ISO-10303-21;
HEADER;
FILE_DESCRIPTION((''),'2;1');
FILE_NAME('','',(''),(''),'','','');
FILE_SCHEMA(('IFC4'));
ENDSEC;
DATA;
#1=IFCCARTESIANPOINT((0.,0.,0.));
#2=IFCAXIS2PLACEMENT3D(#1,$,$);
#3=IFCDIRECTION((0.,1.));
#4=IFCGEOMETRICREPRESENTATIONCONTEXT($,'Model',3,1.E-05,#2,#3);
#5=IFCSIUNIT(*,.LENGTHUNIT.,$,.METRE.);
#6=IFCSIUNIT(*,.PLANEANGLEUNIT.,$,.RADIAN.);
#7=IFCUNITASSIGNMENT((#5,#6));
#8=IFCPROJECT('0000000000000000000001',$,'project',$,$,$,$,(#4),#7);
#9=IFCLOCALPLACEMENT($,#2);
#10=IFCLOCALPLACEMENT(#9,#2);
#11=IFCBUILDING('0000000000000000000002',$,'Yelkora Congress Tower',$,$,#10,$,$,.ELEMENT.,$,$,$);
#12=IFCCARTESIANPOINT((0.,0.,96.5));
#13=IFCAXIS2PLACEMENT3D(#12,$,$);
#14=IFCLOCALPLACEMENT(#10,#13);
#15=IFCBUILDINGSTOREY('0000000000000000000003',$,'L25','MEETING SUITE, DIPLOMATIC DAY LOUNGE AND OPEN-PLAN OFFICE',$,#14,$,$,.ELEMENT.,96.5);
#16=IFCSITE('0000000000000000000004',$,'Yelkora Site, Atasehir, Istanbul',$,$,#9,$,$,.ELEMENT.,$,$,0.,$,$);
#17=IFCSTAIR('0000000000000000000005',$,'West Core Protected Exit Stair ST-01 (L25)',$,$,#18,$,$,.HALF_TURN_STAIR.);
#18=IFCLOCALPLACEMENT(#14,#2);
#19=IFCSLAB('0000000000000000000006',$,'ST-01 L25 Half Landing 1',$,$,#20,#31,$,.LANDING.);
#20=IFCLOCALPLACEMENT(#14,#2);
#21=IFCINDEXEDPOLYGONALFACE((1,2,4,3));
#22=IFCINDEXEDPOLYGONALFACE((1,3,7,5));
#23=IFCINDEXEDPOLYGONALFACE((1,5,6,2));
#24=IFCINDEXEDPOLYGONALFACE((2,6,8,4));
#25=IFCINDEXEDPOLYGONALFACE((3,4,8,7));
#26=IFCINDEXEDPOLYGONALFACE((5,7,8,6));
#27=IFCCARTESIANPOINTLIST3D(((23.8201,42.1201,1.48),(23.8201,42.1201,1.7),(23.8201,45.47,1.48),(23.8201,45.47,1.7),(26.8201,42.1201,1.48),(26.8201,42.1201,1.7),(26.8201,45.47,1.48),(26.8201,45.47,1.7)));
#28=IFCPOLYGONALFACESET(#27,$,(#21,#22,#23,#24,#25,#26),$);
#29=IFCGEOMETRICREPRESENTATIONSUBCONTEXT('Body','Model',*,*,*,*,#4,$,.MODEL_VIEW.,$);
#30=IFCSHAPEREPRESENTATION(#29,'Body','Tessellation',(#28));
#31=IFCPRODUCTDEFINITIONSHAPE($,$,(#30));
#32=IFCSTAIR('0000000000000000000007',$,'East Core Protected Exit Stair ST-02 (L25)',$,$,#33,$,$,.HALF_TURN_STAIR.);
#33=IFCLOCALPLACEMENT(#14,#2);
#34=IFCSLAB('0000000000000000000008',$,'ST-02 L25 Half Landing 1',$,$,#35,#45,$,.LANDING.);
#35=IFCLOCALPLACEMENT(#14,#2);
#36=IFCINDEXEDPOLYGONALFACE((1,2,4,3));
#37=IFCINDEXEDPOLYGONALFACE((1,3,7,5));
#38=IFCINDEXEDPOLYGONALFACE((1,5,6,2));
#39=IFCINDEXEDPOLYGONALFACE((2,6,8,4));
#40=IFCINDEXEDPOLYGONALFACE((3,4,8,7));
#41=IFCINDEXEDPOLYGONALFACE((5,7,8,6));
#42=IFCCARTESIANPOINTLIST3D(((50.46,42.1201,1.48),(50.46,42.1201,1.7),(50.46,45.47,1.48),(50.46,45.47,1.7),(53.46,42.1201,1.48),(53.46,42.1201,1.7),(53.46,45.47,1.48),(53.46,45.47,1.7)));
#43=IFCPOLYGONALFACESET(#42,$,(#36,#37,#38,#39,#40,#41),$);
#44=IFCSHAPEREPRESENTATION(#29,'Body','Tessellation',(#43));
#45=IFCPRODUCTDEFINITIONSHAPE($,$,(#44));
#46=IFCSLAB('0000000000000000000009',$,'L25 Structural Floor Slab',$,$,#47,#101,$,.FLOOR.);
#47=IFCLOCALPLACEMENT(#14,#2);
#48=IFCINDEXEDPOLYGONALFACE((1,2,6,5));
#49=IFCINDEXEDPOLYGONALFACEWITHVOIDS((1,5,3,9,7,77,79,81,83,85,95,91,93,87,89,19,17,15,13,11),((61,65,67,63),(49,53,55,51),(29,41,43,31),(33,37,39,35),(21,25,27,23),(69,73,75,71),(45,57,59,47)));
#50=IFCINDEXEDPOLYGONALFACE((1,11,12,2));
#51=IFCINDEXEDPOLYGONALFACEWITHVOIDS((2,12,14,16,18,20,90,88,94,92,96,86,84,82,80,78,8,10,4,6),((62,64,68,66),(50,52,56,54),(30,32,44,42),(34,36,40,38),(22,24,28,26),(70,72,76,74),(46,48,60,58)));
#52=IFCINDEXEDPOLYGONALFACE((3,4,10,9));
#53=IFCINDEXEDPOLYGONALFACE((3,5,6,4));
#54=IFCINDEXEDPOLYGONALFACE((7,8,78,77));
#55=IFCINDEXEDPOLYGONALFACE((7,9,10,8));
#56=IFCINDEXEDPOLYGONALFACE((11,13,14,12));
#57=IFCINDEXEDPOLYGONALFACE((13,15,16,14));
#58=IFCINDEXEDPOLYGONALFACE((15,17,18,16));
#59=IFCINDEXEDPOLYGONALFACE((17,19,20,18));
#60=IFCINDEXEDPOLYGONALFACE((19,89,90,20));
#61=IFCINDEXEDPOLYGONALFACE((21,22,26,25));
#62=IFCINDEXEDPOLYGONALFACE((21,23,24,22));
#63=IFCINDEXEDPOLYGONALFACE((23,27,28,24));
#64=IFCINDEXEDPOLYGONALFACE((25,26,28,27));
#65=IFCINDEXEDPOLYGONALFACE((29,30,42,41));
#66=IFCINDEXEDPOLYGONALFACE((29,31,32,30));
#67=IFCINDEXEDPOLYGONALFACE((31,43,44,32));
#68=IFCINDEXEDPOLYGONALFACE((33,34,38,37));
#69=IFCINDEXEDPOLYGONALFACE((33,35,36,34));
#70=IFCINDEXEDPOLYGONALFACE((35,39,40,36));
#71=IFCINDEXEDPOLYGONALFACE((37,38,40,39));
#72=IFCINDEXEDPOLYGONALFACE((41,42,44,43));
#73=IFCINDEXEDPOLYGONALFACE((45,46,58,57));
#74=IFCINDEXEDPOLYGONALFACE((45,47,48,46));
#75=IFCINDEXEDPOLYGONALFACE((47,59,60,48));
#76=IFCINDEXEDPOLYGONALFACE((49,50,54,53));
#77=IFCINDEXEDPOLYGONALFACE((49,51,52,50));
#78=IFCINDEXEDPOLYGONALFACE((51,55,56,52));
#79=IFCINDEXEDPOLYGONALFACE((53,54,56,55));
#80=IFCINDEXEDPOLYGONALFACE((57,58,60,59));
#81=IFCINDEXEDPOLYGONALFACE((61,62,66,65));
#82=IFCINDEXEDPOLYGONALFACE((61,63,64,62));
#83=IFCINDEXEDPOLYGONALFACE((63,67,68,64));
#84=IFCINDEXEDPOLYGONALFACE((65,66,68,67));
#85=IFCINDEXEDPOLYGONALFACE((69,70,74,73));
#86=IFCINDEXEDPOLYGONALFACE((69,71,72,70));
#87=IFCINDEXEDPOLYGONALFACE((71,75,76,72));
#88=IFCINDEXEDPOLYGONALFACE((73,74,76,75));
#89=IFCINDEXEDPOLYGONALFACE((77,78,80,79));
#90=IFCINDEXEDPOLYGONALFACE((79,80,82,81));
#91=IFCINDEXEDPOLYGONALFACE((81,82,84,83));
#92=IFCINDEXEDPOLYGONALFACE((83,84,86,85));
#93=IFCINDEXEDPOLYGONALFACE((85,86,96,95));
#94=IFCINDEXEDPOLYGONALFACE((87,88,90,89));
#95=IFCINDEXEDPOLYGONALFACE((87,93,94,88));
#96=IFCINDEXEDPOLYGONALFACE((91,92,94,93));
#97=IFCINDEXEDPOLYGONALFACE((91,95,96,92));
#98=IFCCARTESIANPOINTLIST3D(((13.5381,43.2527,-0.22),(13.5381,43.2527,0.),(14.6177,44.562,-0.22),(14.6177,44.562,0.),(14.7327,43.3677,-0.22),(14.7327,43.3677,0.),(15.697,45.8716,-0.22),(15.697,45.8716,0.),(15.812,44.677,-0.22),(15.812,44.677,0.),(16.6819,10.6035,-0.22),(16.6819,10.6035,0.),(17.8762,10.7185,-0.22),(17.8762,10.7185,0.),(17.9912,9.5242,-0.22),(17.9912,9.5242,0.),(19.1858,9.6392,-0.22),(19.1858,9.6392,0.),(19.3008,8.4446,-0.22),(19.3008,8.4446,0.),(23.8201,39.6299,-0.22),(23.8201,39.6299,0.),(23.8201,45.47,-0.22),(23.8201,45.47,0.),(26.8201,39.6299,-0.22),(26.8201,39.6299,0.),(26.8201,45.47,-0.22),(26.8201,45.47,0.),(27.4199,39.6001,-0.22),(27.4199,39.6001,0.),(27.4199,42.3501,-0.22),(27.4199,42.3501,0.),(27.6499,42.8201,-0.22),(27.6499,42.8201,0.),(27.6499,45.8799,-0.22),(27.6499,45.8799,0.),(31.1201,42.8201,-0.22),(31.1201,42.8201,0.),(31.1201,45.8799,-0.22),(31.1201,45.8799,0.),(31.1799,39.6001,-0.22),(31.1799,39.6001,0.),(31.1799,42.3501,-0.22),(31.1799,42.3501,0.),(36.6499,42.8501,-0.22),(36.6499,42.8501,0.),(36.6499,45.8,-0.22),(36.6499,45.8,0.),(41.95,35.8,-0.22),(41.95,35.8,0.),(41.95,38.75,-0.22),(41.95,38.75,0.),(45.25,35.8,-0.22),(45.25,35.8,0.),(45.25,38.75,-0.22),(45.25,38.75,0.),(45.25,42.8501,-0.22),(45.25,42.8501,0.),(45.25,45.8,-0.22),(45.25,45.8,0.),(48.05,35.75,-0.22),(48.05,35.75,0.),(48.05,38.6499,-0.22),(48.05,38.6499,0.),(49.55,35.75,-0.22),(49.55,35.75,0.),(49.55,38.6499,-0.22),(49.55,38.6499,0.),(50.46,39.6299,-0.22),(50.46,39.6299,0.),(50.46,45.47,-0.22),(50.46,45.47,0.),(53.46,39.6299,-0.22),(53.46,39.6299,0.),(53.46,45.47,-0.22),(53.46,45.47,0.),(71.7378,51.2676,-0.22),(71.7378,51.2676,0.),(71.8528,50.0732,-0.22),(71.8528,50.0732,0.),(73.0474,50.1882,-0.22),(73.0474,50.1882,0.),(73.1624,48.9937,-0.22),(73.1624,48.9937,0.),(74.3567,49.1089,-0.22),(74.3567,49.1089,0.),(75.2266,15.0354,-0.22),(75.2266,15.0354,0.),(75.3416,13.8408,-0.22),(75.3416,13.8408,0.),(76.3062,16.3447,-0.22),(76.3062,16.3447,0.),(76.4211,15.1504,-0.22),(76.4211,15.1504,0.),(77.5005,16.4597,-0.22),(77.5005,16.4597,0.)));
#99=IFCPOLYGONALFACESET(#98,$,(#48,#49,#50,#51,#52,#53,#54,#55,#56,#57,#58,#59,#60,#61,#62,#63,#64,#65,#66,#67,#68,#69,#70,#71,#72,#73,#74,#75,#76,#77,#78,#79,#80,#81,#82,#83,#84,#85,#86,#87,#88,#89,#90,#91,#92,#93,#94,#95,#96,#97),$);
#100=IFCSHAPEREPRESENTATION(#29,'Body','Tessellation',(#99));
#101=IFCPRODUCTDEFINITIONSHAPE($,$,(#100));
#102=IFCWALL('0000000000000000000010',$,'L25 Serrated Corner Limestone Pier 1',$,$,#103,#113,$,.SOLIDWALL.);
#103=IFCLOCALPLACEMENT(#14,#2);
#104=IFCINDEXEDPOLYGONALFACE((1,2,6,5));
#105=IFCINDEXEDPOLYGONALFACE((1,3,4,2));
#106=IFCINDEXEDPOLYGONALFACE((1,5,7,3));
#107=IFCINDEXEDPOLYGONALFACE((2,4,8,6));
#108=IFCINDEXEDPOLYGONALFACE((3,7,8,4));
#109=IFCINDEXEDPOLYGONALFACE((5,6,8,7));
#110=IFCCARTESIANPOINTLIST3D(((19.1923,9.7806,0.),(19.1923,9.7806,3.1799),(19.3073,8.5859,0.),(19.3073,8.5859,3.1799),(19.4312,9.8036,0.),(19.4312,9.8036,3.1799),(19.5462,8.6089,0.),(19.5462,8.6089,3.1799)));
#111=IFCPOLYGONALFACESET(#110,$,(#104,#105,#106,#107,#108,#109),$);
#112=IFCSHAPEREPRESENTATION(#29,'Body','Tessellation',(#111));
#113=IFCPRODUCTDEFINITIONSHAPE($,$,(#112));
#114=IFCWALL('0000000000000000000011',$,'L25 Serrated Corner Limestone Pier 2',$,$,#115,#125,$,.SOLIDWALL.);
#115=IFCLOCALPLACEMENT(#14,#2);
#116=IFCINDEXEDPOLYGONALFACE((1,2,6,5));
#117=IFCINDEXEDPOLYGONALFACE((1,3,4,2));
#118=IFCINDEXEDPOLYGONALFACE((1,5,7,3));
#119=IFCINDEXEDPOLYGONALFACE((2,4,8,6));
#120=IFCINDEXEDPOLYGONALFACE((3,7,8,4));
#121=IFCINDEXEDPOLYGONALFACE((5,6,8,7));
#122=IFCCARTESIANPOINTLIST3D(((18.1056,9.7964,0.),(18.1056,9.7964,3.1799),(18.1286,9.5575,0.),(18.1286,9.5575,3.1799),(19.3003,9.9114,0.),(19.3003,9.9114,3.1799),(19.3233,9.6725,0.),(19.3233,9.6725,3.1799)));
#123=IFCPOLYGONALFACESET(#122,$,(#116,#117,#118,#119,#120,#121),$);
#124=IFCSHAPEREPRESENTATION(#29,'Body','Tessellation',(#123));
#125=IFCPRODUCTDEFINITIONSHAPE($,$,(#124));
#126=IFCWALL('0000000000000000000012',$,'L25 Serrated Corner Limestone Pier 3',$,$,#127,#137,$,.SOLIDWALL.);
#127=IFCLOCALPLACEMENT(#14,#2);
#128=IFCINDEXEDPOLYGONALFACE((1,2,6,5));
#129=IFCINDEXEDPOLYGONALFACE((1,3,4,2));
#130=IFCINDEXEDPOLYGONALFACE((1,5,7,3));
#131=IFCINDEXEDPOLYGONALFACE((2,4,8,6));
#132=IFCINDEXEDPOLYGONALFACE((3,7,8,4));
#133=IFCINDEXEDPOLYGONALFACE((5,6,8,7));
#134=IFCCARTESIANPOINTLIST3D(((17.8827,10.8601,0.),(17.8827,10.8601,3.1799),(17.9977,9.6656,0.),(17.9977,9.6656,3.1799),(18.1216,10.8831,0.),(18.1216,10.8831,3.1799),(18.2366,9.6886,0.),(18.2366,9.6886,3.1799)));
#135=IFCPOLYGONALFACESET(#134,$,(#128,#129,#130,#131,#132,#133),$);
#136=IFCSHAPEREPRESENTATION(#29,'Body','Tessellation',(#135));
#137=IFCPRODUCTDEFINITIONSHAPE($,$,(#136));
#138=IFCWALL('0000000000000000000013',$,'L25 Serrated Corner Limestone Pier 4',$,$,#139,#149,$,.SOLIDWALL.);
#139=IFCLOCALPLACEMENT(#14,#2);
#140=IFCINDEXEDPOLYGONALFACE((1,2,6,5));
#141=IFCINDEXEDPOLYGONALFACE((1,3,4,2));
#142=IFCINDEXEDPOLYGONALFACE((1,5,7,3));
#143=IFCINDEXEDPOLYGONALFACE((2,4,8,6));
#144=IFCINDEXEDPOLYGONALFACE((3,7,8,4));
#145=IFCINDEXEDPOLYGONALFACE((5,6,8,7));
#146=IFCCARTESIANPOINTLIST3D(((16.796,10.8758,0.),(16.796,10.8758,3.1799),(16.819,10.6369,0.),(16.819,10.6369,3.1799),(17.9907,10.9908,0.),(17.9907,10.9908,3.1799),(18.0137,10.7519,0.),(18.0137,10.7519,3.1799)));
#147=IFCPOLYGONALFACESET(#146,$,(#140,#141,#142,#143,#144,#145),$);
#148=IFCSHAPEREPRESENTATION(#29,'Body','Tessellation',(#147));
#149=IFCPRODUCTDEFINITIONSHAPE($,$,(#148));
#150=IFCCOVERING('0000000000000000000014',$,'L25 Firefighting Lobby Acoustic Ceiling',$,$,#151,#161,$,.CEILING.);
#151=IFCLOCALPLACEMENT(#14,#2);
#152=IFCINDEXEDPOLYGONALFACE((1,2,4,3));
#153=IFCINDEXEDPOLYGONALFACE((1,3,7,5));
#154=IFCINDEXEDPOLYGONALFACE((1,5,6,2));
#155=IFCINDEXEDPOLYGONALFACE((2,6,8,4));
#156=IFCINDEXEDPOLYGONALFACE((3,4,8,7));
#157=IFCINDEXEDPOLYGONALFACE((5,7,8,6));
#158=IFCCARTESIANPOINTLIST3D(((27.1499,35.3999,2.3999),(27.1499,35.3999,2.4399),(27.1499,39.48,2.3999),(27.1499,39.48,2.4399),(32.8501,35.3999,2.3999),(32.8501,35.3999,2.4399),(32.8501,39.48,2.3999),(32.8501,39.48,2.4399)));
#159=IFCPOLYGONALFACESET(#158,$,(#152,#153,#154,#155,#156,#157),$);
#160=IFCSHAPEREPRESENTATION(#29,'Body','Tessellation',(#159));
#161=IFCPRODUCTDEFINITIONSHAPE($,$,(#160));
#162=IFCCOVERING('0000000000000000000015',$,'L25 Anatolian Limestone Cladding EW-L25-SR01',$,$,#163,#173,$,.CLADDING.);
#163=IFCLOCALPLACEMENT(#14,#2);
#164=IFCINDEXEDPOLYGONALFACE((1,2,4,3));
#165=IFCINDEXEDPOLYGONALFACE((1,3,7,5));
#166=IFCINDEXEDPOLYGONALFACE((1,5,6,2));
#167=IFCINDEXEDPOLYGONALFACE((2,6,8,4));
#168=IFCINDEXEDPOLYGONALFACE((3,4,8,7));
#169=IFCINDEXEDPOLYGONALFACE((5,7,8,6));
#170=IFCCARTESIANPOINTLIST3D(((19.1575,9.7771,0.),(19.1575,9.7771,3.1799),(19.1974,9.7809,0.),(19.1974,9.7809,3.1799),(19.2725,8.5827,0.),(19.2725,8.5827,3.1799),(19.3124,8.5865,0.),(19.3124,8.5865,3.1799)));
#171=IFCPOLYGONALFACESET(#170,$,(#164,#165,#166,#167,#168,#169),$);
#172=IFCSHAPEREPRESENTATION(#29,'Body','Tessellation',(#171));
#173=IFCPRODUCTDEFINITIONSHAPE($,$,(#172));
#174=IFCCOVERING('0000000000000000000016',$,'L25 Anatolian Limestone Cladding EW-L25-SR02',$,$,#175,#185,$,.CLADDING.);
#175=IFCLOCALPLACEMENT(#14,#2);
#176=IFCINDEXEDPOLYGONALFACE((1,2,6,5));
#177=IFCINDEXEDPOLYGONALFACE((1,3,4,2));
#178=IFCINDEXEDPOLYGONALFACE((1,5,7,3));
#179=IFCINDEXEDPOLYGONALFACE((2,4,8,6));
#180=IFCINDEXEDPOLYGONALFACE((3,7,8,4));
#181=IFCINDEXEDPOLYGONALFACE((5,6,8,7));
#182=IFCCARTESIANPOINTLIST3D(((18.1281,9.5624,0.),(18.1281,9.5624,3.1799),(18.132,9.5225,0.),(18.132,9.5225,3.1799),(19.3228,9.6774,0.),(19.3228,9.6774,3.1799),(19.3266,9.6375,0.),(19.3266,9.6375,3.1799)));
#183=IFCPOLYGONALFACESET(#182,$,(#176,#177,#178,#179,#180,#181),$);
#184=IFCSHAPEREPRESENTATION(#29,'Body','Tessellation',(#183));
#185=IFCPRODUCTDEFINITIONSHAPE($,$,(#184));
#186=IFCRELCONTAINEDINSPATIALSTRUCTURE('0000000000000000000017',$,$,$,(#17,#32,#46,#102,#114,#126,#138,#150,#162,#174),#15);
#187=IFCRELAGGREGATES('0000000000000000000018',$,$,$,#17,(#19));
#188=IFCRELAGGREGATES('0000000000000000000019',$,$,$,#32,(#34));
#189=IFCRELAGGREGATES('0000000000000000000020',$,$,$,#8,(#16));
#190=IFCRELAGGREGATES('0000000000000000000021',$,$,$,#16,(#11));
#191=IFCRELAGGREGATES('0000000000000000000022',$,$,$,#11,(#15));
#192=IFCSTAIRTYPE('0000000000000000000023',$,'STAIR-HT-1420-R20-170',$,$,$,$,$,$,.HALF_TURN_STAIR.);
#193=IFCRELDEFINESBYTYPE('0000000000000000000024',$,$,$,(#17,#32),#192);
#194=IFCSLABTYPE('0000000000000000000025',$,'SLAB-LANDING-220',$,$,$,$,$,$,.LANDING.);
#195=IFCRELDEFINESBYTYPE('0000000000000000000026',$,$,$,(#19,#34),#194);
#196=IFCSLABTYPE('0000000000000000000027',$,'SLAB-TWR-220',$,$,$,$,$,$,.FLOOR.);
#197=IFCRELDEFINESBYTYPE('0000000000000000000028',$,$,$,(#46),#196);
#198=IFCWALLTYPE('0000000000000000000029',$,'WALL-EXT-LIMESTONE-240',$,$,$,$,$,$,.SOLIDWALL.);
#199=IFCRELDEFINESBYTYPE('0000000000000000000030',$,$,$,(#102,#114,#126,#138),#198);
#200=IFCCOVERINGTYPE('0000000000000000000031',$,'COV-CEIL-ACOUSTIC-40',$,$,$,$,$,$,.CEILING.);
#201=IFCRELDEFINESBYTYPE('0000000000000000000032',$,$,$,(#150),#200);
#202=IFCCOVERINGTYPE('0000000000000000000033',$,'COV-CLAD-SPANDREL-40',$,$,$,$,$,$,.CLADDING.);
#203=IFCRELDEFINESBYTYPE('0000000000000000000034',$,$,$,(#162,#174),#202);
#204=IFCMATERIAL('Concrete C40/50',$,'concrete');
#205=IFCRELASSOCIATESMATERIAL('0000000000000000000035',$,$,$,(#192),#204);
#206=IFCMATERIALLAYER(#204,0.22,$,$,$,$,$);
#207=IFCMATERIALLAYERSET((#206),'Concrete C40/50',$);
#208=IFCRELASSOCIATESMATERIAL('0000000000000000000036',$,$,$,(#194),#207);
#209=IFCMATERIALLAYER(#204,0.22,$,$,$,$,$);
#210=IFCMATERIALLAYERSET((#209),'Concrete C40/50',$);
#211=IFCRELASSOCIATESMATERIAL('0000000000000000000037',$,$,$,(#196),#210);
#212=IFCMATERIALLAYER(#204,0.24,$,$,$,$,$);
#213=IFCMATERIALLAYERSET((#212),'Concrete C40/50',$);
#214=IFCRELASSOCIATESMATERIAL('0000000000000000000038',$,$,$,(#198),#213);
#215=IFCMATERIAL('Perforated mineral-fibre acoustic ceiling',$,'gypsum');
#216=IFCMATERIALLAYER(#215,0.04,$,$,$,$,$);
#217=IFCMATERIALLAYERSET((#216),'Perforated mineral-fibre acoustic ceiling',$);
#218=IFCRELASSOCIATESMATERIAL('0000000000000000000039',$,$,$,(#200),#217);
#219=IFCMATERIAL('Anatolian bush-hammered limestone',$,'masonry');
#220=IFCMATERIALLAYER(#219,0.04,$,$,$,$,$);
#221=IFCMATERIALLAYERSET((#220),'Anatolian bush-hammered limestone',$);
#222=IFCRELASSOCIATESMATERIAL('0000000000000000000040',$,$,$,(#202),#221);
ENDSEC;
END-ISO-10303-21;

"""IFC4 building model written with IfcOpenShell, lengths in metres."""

from ifc_helpers import new_model, si_unit, direction, frame, frame_2d, origin, place, context, subcontext, project, spatial, polyline, rectangle, outline, extrude, material, layer, layer_set, type_object, element, aggregate, save


model = new_model("IFC4")

# Units and contexts
model_context = context("Model", 3, precision=1e-05, world=origin(), true_north=direction((0.0, 1.0)))
body_context = subcontext(model_context, "Body", "Model", "MODEL_VIEW")
ifc_project = project(units=[si_unit("LENGTHUNIT", "METRE"), si_unit("PLANEANGLEUNIT", "RADIAN")], contexts=[model_context])

# Site, building, storey
site_placement = place(None, origin())
site = spatial("IfcSite", under=ifc_project, at=site_placement, Name="Yelkora Site, Atasehir, Istanbul", CompositionType="ELEMENT", RefElevation=0.0)
building_placement = place(site_placement, origin())
building = spatial("IfcBuilding", under=site, at=building_placement, Name="Yelkora Congress Tower", CompositionType="ELEMENT")
storey_placement = place(building_placement, frame((0.0, 0.0, 96.5)))
storey = spatial("IfcBuildingStorey", under=building, at=storey_placement, Name="L25", Description="MEETING SUITE, DIPLOMATIC DAY LOUNGE AND OPEN-PLAN OFFICE", CompositionType="ELEMENT", Elevation=96.5)

# Stairs, slabs
ifc_material_1 = material(Name="Concrete C40/50", Category="concrete")
stair_type = type_object("IfcStairType", Name="STAIR-HT-1420-R20-170", PredefinedType="HALF_TURN_STAIR", material=ifc_material_1)
stair_1_placement = place(storey_placement, origin())
stair_1 = element("IfcStair", 1, at=stair_1_placement, inside=storey, type_object=stair_type, Name="West Core Protected Exit Stair ST-01 (L25)", PredefinedType="HALF_TURN_STAIR")
ifc_layer_1 = layer(ifc_material_1, 0.22)
ifc_layer_set_1 = layer_set([ifc_layer_1], Name="Concrete C40/50")
slab_type_1 = type_object("IfcSlabType", Name="SLAB-LANDING-220", PredefinedType="LANDING", material=ifc_layer_set_1)
slab_1_placement = place(storey_placement, frame((0.0, 0.0, 1.48)))
slab_1 = element("IfcSlab", 2, at=slab_1_placement, type_object=slab_type_1, Name="ST-01 L25 Half Landing 1", PredefinedType="LANDING", context=body_context, shape_type="SweptSolid", body=[
    extrude(outline(polyline([(26.8201, 42.1201), (26.8201, 45.47), (23.8201, 45.47), (23.8201, 42.1201), (26.8201, 42.1201)])), origin(), (0.0, 0.0, 1.0), 0.22),
])
aggregate(stair_1, [slab_1])
stair_2_placement = place(storey_placement, origin())
stair_2 = element("IfcStair", 3, at=stair_2_placement, inside=storey, type_object=stair_type, Name="East Core Protected Exit Stair ST-02 (L25)", PredefinedType="HALF_TURN_STAIR")
slab_2_placement = place(storey_placement, frame((0.0, 0.0, 1.48)))
slab_2 = element("IfcSlab", 4, at=slab_2_placement, type_object=slab_type_1, Name="ST-02 L25 Half Landing 1", PredefinedType="LANDING", context=body_context, shape_type="SweptSolid", body=[
    extrude(outline(polyline([(53.46, 42.1201), (53.46, 45.47), (50.46, 45.47), (50.46, 42.1201), (53.46, 42.1201)])), origin(), (0.0, 0.0, 1.0), 0.22),
])
aggregate(stair_2, [slab_2])

# Slab
ifc_layer_2 = layer(ifc_material_1, 0.22)
ifc_layer_set_2 = layer_set([ifc_layer_2], Name="Concrete C40/50")
slab_type_2 = type_object("IfcSlabType", Name="SLAB-TWR-220", PredefinedType="FLOOR", material=ifc_layer_set_2)
slab_3_placement = place(storey_placement, frame((0.0, 0.0, -0.22)))
element("IfcSlab", 5, at=slab_3_placement, inside=storey, type_object=slab_type_2, Name="L25 Structural Floor Slab", PredefinedType="FLOOR", context=body_context, shape_type="SweptSolid", body=[
    extrude(outline(polyline([(19.3008, 8.4446), (75.3416, 13.8408), (75.2266, 15.0354), (76.4211, 15.1504), (76.3062, 16.3447), (77.5005, 16.4597), (74.3567, 49.1089), (73.1624, 48.9937), (73.0474, 50.1882), (71.8528, 50.0732), (71.7378, 51.2676), (15.697, 45.8716), (15.812, 44.677), (14.6177, 44.562), (14.7327, 43.3677), (13.5381, 43.2527), (16.6819, 10.6035), (17.8762, 10.7185), (17.9912, 9.5242), (19.1858, 9.6392), (19.3008, 8.4446)]), holes=[polyline([(23.8201, 39.6299), (26.8201, 39.6299), (26.8201, 45.47), (23.8201, 45.47), (23.8201, 39.6299)]), polyline([(50.46, 39.6299), (53.46, 39.6299), (53.46, 45.47), (50.46, 45.47), (50.46, 39.6299)]), polyline([(48.05, 35.75), (49.55, 35.75), (49.55, 38.6499), (48.05, 38.6499), (48.05, 35.75)]), polyline([(36.6499, 42.8501), (45.25, 42.8501), (45.25, 45.8), (36.6499, 45.8), (36.6499, 42.8501)]), polyline([(41.95, 35.8), (45.25, 35.8), (45.25, 38.75), (41.95, 38.75), (41.95, 35.8)]), polyline([(27.4199, 39.6001), (31.1799, 39.6001), (31.1799, 42.3501), (27.4199, 42.3501), (27.4199, 39.6001)]), polyline([(27.6499, 42.8201), (31.1201, 42.8201), (31.1201, 45.8799), (27.6499, 45.8799), (27.6499, 42.8201)])]), origin(), (0.0, 0.0, 1.0), 0.22),
])

# Walls
ifc_layer_3 = layer(ifc_material_1, 0.24)
ifc_layer_set_3 = layer_set([ifc_layer_3], Name="Concrete C40/50")
wall_type = type_object("IfcWallType", Name="WALL-EXT-LIMESTONE-240", PredefinedType="SOLIDWALL", material=ifc_layer_set_3)
for number, where, z_axis, x_axis, name in (
    (6, (19.4268, 8.5974, 0.0), (0.0, 0.0, 1.0), (-0.095817, 0.995399, 0.0), "L25 Serrated Corner Limestone Pier 1"),
    (7, (19.3118, 9.792, 0.0), (0.0, 0.0, 1.0), (-0.995399, -0.095817, 0.0), "L25 Serrated Corner Limestone Pier 2"),
):
    element("IfcWall", number, at=place(storey_placement, frame(where, z_axis=z_axis, x_axis=x_axis)), inside=storey, type_object=wall_type, Name=name, PredefinedType="SOLIDWALL", context=body_context, shape_type="SweptSolid", body=[
        extrude(rectangle(XDim=1.2002, YDim=0.24, at=frame_2d((0.6001, 0.0))), origin(), (0.0, 0.0, 1.0), 3.1799),
    ])
wall_1_placement = place(storey_placement, frame((18.1172, 9.677, 0.0), z_axis=(0.0, 0.0, 1.0), x_axis=(-0.095836, 0.995397, 0.0)))
element("IfcWall", 8, at=wall_1_placement, inside=storey, type_object=wall_type, Name="L25 Serrated Corner Limestone Pier 3", PredefinedType="SOLIDWALL", context=body_context, shape_type="SweptSolid", body=[
    extrude(rectangle(XDim=1.2, YDim=0.24, at=frame_2d((0.6001, 0.0))), origin(), (0.0, 0.0, 1.0), 3.1799),
])
wall_2_placement = place(storey_placement, frame((18.0022, 10.8713, 0.0), z_axis=(0.0, 0.0, 1.0), x_axis=(-0.995399, -0.095817, 0.0)))
element("IfcWall", 9, at=wall_2_placement, inside=storey, type_object=wall_type, Name="L25 Serrated Corner Limestone Pier 4", PredefinedType="SOLIDWALL", context=body_context, shape_type="SweptSolid", body=[
    extrude(rectangle(XDim=1.2002, YDim=0.24, at=frame_2d((0.6001, 0.0))), origin(), (0.0, 0.0, 1.0), 3.1799),
])

# Coverings
ifc_material_2 = material(Name="Perforated mineral-fibre acoustic ceiling", Category="gypsum")
ifc_layer_4 = layer(ifc_material_2, 0.04)
ifc_layer_set_4 = layer_set([ifc_layer_4], Name="Perforated mineral-fibre acoustic ceiling")
covering_type_1 = type_object("IfcCoveringType", Name="COV-CEIL-ACOUSTIC-40", PredefinedType="CEILING", material=ifc_layer_set_4)
covering_1_placement = place(storey_placement, frame((0.0, 0.0, 2.3999)))
element("IfcCovering", 10, at=covering_1_placement, inside=storey, type_object=covering_type_1, Name="L25 Firefighting Lobby Acoustic Ceiling", PredefinedType="CEILING", context=body_context, shape_type="SweptSolid", body=[
    extrude(outline(polyline([(27.1499, 35.3999), (32.8501, 35.3999), (32.8501, 39.48), (27.1499, 39.48), (27.1499, 35.3999)])), origin(), (0.0, 0.0, 1.0), 0.04),
])
ifc_material_3 = material(Name="Anatolian bush-hammered limestone", Category="masonry")
ifc_layer_5 = layer(ifc_material_3, 0.04)
ifc_layer_set_5 = layer_set([ifc_layer_5], Name="Anatolian bush-hammered limestone")
covering_type_2 = type_object("IfcCoveringType", Name="COV-CLAD-SPANDREL-40", PredefinedType="CLADDING", material=ifc_layer_set_5)
covering_2_placement = place(storey_placement, frame((19.2925, 8.5845, 0.0), z_axis=(0.0, 0.0, 1.0), x_axis=(-0.095836, 0.995397, 0.0)))
element("IfcCovering", 11, at=covering_2_placement, inside=storey, type_object=covering_type_2, Name="L25 Anatolian Limestone Cladding EW-L25-SR01", PredefinedType="CLADDING", context=body_context, shape_type="SweptSolid", body=[
    extrude(rectangle(XDim=1.2, YDim=0.04, at=frame_2d((0.6001, 0.0))), origin(), (0.0, 0.0, 1.0), 3.1799),
])
for number, where, z_axis, x_axis, name in (
    (12, (19.3247, 9.6575, 0.0), (0.0, 0.0, 1.0), (-0.995399, -0.095817, 0.0), "L25 Anatolian Limestone Cladding EW-L25-SR02"),
):
    element("IfcCovering", number, at=place(storey_placement, frame(where, z_axis=z_axis, x_axis=x_axis)), inside=storey, type_object=covering_type_2, Name=name, PredefinedType="CLADDING", context=body_context, shape_type="SweptSolid", body=[
        extrude(rectangle(XDim=1.2002, YDim=0.04, at=frame_2d((0.6001, 0.0))), origin(), (0.0, 0.0, 1.0), 3.1799),
    ])

save(model, "model.ifc")
